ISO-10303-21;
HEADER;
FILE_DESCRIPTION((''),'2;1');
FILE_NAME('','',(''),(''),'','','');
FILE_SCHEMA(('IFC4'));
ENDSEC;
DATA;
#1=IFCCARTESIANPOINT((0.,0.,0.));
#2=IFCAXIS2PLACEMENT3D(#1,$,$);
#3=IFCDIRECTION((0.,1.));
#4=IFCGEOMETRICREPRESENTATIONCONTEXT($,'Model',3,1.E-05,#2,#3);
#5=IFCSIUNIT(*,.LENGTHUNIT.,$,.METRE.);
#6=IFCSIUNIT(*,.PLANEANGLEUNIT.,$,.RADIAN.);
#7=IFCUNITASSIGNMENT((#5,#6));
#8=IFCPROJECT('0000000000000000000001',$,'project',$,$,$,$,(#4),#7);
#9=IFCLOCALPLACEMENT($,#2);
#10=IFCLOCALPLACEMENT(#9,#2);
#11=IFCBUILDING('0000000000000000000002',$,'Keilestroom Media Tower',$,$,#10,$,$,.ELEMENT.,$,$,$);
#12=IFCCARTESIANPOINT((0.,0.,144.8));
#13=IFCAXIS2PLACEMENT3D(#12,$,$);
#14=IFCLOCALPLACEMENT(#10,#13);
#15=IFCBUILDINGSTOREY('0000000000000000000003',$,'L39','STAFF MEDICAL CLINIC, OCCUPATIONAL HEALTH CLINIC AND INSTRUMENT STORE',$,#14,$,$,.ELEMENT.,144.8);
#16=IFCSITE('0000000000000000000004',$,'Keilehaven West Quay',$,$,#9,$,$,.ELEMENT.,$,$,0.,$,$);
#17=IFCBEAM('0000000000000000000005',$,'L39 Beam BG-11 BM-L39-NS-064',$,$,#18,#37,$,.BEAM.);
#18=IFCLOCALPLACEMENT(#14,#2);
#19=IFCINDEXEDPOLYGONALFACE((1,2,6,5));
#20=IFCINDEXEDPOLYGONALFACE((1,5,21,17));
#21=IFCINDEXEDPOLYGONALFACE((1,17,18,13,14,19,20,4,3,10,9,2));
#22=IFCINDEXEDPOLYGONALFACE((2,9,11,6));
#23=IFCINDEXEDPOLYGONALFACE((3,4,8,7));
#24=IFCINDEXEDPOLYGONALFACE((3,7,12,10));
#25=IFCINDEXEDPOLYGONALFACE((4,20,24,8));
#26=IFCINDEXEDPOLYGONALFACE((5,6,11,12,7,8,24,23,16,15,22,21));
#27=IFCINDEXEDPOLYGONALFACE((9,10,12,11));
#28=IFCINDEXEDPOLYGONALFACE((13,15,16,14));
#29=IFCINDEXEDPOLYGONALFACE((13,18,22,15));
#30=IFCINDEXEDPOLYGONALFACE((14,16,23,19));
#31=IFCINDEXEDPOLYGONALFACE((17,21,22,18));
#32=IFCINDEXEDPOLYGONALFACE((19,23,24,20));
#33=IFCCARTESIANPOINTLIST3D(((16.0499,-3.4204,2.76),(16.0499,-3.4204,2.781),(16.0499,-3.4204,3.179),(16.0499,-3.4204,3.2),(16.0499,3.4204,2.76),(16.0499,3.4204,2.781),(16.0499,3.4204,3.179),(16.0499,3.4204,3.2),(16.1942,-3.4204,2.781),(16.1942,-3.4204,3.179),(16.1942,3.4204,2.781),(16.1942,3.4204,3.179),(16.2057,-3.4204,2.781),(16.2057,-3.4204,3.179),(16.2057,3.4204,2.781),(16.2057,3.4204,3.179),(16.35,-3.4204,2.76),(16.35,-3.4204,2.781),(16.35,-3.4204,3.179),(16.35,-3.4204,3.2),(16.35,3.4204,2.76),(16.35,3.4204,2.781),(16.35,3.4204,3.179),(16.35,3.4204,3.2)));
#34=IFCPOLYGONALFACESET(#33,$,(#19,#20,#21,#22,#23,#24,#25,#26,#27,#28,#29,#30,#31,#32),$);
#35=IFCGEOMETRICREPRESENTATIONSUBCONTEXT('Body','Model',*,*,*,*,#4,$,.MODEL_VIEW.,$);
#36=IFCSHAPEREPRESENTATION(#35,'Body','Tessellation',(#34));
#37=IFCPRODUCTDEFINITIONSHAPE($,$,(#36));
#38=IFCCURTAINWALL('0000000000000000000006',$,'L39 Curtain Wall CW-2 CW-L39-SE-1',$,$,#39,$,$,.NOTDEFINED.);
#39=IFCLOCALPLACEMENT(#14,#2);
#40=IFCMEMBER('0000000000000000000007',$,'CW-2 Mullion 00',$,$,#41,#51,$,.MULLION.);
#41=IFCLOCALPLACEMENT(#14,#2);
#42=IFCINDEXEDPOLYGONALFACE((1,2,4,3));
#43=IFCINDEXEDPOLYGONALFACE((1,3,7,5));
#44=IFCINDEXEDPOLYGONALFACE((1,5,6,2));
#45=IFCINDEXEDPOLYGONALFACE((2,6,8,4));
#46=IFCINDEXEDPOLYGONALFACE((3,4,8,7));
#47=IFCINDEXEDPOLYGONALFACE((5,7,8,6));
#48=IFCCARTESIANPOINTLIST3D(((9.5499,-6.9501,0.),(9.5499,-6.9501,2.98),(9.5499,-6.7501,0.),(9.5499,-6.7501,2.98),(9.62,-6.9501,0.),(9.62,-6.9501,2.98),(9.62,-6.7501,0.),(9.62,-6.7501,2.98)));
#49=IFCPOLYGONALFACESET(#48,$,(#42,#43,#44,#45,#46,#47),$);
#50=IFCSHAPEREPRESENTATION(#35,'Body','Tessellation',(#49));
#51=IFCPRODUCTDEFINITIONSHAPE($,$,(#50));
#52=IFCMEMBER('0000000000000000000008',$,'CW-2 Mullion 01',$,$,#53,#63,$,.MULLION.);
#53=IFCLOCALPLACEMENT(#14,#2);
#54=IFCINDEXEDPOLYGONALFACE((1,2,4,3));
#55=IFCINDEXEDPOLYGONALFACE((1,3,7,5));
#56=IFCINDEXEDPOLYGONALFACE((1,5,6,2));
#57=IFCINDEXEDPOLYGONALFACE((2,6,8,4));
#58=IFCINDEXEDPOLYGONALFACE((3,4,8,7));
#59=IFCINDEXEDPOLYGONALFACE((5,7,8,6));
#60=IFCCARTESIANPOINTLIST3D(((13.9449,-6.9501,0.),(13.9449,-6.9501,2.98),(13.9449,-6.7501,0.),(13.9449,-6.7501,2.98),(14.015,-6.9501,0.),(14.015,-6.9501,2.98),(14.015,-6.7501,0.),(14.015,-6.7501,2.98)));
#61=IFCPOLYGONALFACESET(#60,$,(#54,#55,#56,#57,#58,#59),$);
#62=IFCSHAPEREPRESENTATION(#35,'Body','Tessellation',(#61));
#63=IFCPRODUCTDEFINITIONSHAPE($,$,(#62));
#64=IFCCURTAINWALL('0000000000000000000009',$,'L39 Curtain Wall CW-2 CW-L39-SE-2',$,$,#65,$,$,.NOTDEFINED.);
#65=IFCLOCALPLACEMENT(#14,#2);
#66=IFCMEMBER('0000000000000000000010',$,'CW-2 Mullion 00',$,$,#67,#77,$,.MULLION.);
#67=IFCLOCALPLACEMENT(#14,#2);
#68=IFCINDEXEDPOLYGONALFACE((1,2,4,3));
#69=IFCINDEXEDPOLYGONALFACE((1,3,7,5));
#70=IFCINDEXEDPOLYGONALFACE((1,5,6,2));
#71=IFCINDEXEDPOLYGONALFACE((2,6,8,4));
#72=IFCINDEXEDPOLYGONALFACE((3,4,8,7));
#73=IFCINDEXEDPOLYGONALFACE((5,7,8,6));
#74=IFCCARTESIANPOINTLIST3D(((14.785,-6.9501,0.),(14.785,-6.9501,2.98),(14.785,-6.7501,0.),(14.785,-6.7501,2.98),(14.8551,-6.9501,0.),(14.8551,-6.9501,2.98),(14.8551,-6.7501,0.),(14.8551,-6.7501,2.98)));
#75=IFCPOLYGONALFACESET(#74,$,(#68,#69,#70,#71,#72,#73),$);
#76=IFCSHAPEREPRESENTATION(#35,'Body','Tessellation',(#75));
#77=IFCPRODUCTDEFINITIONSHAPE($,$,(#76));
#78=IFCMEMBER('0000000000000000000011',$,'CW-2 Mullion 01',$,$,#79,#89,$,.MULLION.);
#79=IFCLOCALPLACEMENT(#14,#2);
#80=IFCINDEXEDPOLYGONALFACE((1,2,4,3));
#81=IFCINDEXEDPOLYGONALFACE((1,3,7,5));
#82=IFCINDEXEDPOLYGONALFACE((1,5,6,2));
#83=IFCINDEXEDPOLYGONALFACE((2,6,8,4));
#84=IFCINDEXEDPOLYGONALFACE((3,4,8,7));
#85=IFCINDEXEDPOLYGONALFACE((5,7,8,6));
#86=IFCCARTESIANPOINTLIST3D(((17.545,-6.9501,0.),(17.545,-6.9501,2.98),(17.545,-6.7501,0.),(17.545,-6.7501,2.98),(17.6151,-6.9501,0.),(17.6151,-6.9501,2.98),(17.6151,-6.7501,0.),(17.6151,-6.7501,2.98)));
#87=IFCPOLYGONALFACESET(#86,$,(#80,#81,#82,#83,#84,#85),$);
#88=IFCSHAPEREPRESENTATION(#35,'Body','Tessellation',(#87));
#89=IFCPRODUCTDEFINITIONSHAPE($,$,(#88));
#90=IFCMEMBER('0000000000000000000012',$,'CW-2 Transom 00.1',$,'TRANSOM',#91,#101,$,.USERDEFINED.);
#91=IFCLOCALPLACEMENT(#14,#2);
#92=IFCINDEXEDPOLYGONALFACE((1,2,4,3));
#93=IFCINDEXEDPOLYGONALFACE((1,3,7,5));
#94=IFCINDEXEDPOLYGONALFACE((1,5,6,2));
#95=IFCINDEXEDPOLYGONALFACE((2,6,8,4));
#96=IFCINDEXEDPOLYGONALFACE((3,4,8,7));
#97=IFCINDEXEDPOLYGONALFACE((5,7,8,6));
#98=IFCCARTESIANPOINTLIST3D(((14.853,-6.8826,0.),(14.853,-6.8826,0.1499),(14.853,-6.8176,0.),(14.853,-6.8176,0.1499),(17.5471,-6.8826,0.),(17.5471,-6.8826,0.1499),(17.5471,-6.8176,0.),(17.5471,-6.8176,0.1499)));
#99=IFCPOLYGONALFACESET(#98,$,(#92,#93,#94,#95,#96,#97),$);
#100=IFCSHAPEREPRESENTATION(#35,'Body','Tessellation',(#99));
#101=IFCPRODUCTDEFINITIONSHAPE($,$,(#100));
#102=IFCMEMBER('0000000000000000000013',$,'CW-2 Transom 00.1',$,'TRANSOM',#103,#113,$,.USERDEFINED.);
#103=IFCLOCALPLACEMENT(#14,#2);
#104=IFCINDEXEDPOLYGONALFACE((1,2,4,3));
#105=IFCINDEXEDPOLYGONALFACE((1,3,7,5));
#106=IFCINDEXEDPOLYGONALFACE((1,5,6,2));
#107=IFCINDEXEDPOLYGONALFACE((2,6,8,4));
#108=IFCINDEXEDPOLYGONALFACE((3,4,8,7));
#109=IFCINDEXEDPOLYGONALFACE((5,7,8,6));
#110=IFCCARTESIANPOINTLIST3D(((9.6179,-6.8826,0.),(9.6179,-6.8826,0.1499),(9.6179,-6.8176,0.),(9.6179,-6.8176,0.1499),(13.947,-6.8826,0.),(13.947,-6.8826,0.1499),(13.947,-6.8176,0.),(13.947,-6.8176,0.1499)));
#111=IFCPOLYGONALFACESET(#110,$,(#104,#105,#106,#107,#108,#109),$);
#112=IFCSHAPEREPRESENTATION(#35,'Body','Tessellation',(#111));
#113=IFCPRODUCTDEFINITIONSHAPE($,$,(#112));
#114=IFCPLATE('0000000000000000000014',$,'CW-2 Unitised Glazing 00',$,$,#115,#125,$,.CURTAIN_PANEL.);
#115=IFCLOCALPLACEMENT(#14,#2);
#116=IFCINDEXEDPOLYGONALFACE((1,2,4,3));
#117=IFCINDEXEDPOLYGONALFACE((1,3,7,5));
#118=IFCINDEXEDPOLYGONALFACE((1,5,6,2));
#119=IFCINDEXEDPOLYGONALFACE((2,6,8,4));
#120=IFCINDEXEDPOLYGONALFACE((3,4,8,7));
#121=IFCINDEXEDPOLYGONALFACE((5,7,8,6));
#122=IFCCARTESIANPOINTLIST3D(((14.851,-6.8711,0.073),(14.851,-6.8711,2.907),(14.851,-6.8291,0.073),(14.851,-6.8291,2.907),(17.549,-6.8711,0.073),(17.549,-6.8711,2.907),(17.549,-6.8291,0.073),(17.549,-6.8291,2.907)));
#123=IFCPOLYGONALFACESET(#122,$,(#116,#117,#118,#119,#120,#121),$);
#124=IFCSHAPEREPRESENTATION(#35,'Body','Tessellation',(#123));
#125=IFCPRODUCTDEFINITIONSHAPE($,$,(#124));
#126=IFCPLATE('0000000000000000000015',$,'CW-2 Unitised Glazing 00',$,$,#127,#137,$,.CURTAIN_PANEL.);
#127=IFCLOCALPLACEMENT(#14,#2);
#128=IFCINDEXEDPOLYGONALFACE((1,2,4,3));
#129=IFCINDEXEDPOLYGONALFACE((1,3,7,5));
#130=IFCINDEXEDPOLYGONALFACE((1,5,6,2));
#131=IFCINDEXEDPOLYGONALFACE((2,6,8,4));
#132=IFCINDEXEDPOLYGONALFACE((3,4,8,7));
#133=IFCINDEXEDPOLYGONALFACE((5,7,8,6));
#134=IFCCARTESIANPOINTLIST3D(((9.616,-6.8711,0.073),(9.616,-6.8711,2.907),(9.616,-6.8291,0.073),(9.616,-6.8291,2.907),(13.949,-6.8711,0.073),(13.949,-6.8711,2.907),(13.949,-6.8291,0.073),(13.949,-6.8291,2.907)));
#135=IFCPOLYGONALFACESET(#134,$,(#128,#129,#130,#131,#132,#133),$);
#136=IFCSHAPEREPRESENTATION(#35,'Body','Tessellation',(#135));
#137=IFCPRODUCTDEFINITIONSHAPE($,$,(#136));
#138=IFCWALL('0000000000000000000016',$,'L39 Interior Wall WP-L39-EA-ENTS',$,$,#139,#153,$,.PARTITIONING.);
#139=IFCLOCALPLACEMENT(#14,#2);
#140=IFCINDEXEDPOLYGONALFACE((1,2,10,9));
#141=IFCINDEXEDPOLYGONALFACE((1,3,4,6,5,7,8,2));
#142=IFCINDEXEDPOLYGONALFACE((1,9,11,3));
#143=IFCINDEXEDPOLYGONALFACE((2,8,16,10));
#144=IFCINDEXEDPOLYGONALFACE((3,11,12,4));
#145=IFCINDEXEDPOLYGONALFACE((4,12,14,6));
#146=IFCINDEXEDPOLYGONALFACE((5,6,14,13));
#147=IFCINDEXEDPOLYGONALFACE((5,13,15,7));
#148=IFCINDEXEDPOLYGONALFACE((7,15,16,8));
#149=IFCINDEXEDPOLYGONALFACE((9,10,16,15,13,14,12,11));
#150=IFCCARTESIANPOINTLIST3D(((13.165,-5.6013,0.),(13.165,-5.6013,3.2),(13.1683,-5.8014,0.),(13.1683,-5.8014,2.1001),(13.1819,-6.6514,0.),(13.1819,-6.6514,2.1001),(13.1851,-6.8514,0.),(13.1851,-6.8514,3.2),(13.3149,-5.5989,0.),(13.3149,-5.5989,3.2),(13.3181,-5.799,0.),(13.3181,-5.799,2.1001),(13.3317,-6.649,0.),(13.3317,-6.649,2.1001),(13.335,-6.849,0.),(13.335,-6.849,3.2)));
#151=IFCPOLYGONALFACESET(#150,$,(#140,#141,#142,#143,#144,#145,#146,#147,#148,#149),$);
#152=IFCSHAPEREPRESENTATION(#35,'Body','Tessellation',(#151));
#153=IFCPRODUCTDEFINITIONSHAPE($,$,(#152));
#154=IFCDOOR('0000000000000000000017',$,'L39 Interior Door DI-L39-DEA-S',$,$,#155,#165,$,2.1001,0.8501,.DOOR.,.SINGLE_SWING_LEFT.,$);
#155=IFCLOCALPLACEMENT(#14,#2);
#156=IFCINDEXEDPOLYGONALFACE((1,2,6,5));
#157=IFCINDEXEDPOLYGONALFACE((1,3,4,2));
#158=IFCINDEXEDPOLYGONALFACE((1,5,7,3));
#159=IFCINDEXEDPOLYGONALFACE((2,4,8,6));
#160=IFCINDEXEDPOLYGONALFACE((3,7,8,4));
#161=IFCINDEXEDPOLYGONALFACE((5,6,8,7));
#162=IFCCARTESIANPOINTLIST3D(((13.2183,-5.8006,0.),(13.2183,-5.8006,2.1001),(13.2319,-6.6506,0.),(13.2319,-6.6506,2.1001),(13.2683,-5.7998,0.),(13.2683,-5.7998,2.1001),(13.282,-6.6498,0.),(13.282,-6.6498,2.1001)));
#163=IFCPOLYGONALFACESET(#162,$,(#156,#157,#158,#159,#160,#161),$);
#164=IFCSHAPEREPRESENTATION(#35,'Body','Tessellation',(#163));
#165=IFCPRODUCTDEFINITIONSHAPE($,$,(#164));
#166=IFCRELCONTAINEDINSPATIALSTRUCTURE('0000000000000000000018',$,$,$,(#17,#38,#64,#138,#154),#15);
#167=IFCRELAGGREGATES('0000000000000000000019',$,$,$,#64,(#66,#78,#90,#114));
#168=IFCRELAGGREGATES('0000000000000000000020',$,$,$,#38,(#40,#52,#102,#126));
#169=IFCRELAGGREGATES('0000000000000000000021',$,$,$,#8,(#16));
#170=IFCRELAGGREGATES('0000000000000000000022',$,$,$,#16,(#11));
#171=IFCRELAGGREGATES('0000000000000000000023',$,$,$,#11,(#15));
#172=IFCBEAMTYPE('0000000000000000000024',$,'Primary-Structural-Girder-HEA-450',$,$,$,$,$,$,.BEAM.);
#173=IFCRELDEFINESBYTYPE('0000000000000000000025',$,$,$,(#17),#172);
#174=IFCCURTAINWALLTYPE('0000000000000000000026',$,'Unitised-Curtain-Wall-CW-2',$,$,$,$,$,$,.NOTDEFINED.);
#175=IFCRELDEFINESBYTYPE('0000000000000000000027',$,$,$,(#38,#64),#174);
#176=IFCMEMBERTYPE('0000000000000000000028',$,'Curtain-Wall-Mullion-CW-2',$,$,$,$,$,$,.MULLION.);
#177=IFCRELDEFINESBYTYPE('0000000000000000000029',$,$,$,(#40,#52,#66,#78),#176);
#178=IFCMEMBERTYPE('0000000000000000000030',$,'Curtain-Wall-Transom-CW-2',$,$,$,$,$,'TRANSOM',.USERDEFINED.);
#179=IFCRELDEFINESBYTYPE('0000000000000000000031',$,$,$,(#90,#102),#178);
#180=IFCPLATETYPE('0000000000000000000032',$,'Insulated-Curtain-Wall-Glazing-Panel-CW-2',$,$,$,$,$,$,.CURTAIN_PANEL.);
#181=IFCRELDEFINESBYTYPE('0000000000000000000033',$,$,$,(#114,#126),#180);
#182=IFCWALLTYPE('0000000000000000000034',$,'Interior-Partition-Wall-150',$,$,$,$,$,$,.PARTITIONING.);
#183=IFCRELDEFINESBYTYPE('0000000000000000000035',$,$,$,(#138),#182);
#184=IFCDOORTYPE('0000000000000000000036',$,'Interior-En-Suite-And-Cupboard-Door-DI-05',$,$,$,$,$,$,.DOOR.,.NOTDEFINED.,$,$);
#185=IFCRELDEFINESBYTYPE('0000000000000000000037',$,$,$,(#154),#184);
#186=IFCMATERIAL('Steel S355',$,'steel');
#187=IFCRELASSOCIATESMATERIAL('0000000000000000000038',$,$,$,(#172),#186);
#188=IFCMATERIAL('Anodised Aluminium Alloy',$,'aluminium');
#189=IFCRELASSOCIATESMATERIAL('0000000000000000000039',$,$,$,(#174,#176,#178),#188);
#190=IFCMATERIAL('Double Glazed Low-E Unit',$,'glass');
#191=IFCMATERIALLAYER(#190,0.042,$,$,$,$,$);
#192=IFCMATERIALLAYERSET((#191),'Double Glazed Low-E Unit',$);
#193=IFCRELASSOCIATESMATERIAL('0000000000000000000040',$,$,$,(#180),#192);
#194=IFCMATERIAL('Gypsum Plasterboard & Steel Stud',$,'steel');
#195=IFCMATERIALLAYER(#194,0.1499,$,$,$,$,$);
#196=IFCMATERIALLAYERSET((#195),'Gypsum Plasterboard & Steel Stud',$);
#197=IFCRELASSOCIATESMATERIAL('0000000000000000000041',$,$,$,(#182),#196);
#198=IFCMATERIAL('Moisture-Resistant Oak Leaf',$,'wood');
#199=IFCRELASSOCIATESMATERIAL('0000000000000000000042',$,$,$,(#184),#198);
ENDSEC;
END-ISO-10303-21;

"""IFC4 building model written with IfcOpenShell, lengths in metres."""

from ifc_helpers import new_model, si_unit, direction, frame, frame_2d, origin, origin_2d, place, context, subcontext, project, spatial, rectangle, i_section, extrude, source, transform, mapped, material, layer, layer_set, material_profile, profile_set, type_object, element, fill, aggregate, save


model = new_model("IFC4")

# Units and contexts
model_context = context("Model", 3, precision=1e-05, world=origin(), true_north=direction((0.0, 1.0)))
body_context = subcontext(model_context, "Body", "Model", "MODEL_VIEW")
ifc_project = project(units=[si_unit("LENGTHUNIT", "METRE"), si_unit("PLANEANGLEUNIT", "RADIAN")], contexts=[model_context])

# Site, building, storey
site_placement = place(None, origin())
site = spatial("IfcSite", under=ifc_project, at=site_placement, Name="Keilehaven West Quay", CompositionType="ELEMENT", RefElevation=0.0)
building_placement = place(site_placement, origin())
building = spatial("IfcBuilding", under=site, at=building_placement, Name="Keilestroom Media Tower", CompositionType="ELEMENT")
storey_placement = place(building_placement, frame((0.0, 0.0, 144.8)))
storey = spatial("IfcBuildingStorey", under=building, at=storey_placement, Name="L39", Description="STAFF MEDICAL CLINIC, OCCUPATIONAL HEALTH CLINIC AND INSTRUMENT STORE", CompositionType="ELEMENT", Elevation=144.8)

# Shared definitions
ifc_material_1 = material(Name="Steel S355", Category="steel")

# Beam
ifc_material_profile_1 = material_profile(ifc_material_1, i_section(OverallWidth=0.3, OverallDepth=0.4399, WebThickness=0.0115, FlangeThickness=0.021, at=origin_2d()), Name="HEA 450")
ifc_profile_set_1 = profile_set([ifc_material_profile_1], Name="Steel S355")
beam_type_1 = type_object("IfcBeamType", Name="Primary-Structural-Girder-HEA-450", PredefinedType="BEAM", material=ifc_profile_set_1)
shared_shape_1 = source(origin(), body_context, "Body", "SweptSolid", [
    extrude(i_section(OverallWidth=0.3, OverallDepth=0.4399, WebThickness=0.0115, FlangeThickness=0.021, at=origin_2d()), origin(), (0.0, 0.0, 1.0), 6.8408),
])
for number, where, z_axis, x_axis, name in (
    (1, (16.2, -3.4204, 2.98), (0.0, 1.0, 0.0), (-1.0, 0.0, 0.0), "L39 Beam BG-11 BM-L39-NS-064"),
):
    element("IfcBeam", number, at=place(storey_placement, frame(where, z_axis=z_axis, x_axis=x_axis)), inside=storey, type_object=beam_type_1, Name=name, PredefinedType="BEAM", context=body_context, shape_type="MappedRepresentation", body=[
        mapped(shared_shape_1, transform((0.0, 0.0, 0.0), x_axis=(1.0, 0.0, 0.0), y_axis=(0.0, 1.0, 0.0), z_axis=(0.0, 0.0, 1.0), scale=1.0)),
    ])

# Curtain walls, members
ifc_material_2 = material(Name="Anodised Aluminium Alloy", Category="aluminium")
curtain_wall_type = type_object("IfcCurtainWallType", Name="Unitised-Curtain-Wall-CW-2", PredefinedType="NOTDEFINED", material=ifc_material_2)
curtain_wall_1_placement = place(storey_placement, origin())
curtain_wall_1 = element("IfcCurtainWall", 2, at=curtain_wall_1_placement, inside=storey, type_object=curtain_wall_type, Name="L39 Curtain Wall CW-2 CW-L39-SE-1", PredefinedType="NOTDEFINED")
ifc_material_profile_2 = material_profile(ifc_material_2, rectangle(XDim=0.0701, YDim=0.2, at=origin_2d()), Name="ALU MULLION 70x200")
ifc_profile_set_2 = profile_set([ifc_material_profile_2], Name="Anodised Aluminium Alloy")
member_type_1 = type_object("IfcMemberType", Name="Curtain-Wall-Mullion-CW-2", PredefinedType="MULLION", material=ifc_profile_set_2)
shared_shape_2 = source(origin(), body_context, "Body", "SweptSolid", [
    extrude(rectangle(XDim=0.0701, YDim=0.2, at=origin_2d()), origin(), (0.0, 0.0, 1.0), 2.98),
])
member_1_placement = place(storey_placement, frame((9.585, -6.8501, 0.0), z_axis=(0.0, 0.0, 1.0), x_axis=(1.0, 0.0, 0.0)))
member_1 = element("IfcMember", 3, at=member_1_placement, type_object=member_type_1, Name="CW-2 Mullion 00", PredefinedType="MULLION", context=body_context, shape_type="MappedRepresentation", body=[
    mapped(shared_shape_2, transform((0.0, 0.0, 0.0), x_axis=(1.0, 0.0, 0.0), y_axis=(0.0, 1.0, 0.0), z_axis=(0.0, 0.0, 1.0), scale=1.0)),
])
member_2_placement = place(storey_placement, frame((13.98, -6.8501, 0.0), z_axis=(0.0, 0.0, 1.0), x_axis=(1.0, 0.0, 0.0)))
member_2 = element("IfcMember", 4, at=member_2_placement, type_object=member_type_1, Name="CW-2 Mullion 01", PredefinedType="MULLION", context=body_context, shape_type="MappedRepresentation", body=[
    mapped(shared_shape_2, transform((0.0, 0.0, 0.0), x_axis=(1.0, 0.0, 0.0), y_axis=(0.0, 1.0, 0.0), z_axis=(0.0, 0.0, 1.0), scale=1.0)),
])
curtain_wall_2_placement = place(storey_placement, origin())
curtain_wall_2 = element("IfcCurtainWall", 5, at=curtain_wall_2_placement, inside=storey, type_object=curtain_wall_type, Name="L39 Curtain Wall CW-2 CW-L39-SE-2", PredefinedType="NOTDEFINED")
member_3_placement = place(storey_placement, frame((14.8201, -6.8501, 0.0), z_axis=(0.0, 0.0, 1.0), x_axis=(1.0, 0.0, 0.0)))
member_3 = element("IfcMember", 6, at=member_3_placement, type_object=member_type_1, Name="CW-2 Mullion 00", PredefinedType="MULLION", context=body_context, shape_type="MappedRepresentation", body=[
    mapped(shared_shape_2, transform((0.0, 0.0, 0.0), x_axis=(1.0, 0.0, 0.0), y_axis=(0.0, 1.0, 0.0), z_axis=(0.0, 0.0, 1.0), scale=1.0)),
])
member_4_placement = place(storey_placement, frame((17.5801, -6.8501, 0.0), z_axis=(0.0, 0.0, 1.0), x_axis=(1.0, 0.0, 0.0)))
member_4 = element("IfcMember", 7, at=member_4_placement, type_object=member_type_1, Name="CW-2 Mullion 01", PredefinedType="MULLION", context=body_context, shape_type="MappedRepresentation", body=[
    mapped(shared_shape_2, transform((0.0, 0.0, 0.0), x_axis=(1.0, 0.0, 0.0), y_axis=(0.0, 1.0, 0.0), z_axis=(0.0, 0.0, 1.0), scale=1.0)),
])
ifc_material_profile_3 = material_profile(ifc_material_2, rectangle(XDim=0.0649, YDim=0.1499, at=origin_2d()), Name="ALU TRANSOM 65x150")
ifc_profile_set_3 = profile_set([ifc_material_profile_3], Name="Anodised Aluminium Alloy")
member_type_2 = type_object("IfcMemberType", Name="Curtain-Wall-Transom-CW-2", ElementType="TRANSOM", PredefinedType="USERDEFINED", material=ifc_profile_set_3)
shared_shape_3 = source(origin(), body_context, "Body", "SweptSolid", [
    extrude(rectangle(XDim=0.0649, YDim=0.1499, at=origin_2d()), origin(), (0.0, 0.0, 1.0), 2.6941),
])
member_5_placement = place(storey_placement, frame((14.853, -6.8501, 0.075), z_axis=(1.0, 0.0, 0.0), x_axis=(0.0, 1.0, 0.0)))
member_5 = element("IfcMember", 8, at=member_5_placement, type_object=member_type_2, Name="CW-2 Transom 00.1", ObjectType="TRANSOM", PredefinedType="USERDEFINED", context=body_context, shape_type="MappedRepresentation", body=[
    mapped(shared_shape_3, transform((0.0, 0.0, 0.0), x_axis=(1.0, 0.0, 0.0), y_axis=(0.0, 1.0, 0.0), z_axis=(0.0, 0.0, 1.0), scale=1.0)),
])

# Member
shared_shape_4 = source(origin(), body_context, "Body", "SweptSolid", [
    extrude(rectangle(XDim=0.0649, YDim=0.1499, at=origin_2d()), origin(), (0.0, 0.0, 1.0), 4.3291),
])
member_6_placement = place(storey_placement, frame((9.6179, -6.8501, 0.075), z_axis=(1.0, 0.0, 0.0), x_axis=(0.0, 1.0, 0.0)))
member_6 = element("IfcMember", 9, at=member_6_placement, type_object=member_type_2, Name="CW-2 Transom 00.1", ObjectType="TRANSOM", PredefinedType="USERDEFINED", context=body_context, shape_type="MappedRepresentation", body=[
    mapped(shared_shape_4, transform((0.0, 0.0, 0.0), x_axis=(1.0, 0.0, 0.0), y_axis=(0.0, 1.0, 0.0), z_axis=(0.0, 0.0, 1.0), scale=1.0)),
])

# Plates
ifc_material_3 = material(Name="Double Glazed Low-E Unit", Category="glass")
ifc_layer_1 = layer(ifc_material_3, 0.042)
ifc_layer_set_1 = layer_set([ifc_layer_1], Name="Double Glazed Low-E Unit")
plate_type = type_object("IfcPlateType", Name="Insulated-Curtain-Wall-Glazing-Panel-CW-2", PredefinedType="CURTAIN_PANEL", material=ifc_layer_set_1)
shared_shape_5 = source(origin(), body_context, "Body", "SweptSolid", [
    extrude(rectangle(XDim=2.698, YDim=0.042, at=origin_2d()), origin(), (0.0, 0.0, 1.0), 2.834),
])
plate_1_placement = place(storey_placement, frame((16.2, -6.8501, 0.073), z_axis=(0.0, 0.0, 1.0), x_axis=(1.0, 0.0, 0.0)))
plate_1 = element("IfcPlate", 10, at=plate_1_placement, type_object=plate_type, Name="CW-2 Unitised Glazing 00", PredefinedType="CURTAIN_PANEL", context=body_context, shape_type="MappedRepresentation", body=[
    mapped(shared_shape_5, transform((0.0, 0.0, 0.0), x_axis=(1.0, 0.0, 0.0), y_axis=(0.0, 1.0, 0.0), z_axis=(0.0, 0.0, 1.0), scale=1.0)),
])
aggregate(curtain_wall_2, [member_3, member_4, member_5, plate_1])
shared_shape_6 = source(origin(), body_context, "Body", "SweptSolid", [
    extrude(rectangle(XDim=4.333, YDim=0.042, at=origin_2d()), origin(), (0.0, 0.0, 1.0), 2.834),
])
plate_2_placement = place(storey_placement, frame((11.7825, -6.8501, 0.073), z_axis=(0.0, 0.0, 1.0), x_axis=(1.0, 0.0, 0.0)))
plate_2 = element("IfcPlate", 11, at=plate_2_placement, type_object=plate_type, Name="CW-2 Unitised Glazing 00", PredefinedType="CURTAIN_PANEL", context=body_context, shape_type="MappedRepresentation", body=[
    mapped(shared_shape_6, transform((0.0, 0.0, 0.0), x_axis=(1.0, 0.0, 0.0), y_axis=(0.0, 1.0, 0.0), z_axis=(0.0, 0.0, 1.0), scale=1.0)),
])
aggregate(curtain_wall_1, [member_1, member_2, member_6, plate_2])

# Wall, opening, door
ifc_material_4 = material(Name="Gypsum Plasterboard & Steel Stud", Category="steel")
ifc_layer_2 = layer(ifc_material_4, 0.1499)
ifc_layer_set_2 = layer_set([ifc_layer_2], Name="Gypsum Plasterboard & Steel Stud")
wall_type_1 = type_object("IfcWallType", Name="Interior-Partition-Wall-150", PredefinedType="PARTITIONING", material=ifc_layer_set_2)
wall_1_placement = place(storey_placement, frame((13.26, -6.8501, 0.0), z_axis=(0.0, 0.0, 1.0), x_axis=(-0.016014, 0.999872, 0.0)))
wall_1 = element("IfcWall", 12, at=wall_1_placement, inside=storey, type_object=wall_type_1, Name="L39 Interior Wall WP-L39-EA-ENTS", PredefinedType="PARTITIONING", context=body_context, shape_type="SweptSolid", body=[
    extrude(rectangle(XDim=1.2502, YDim=0.1499, at=frame_2d((0.625, 0.0))), origin(), (0.0, 0.0, 1.0), 3.2),
])
opening_placement = place(wall_1_placement, frame((0.2, 0.0, 0.0)))
opening = element("IfcOpeningElement", 13, at=opening_placement, cuts=wall_1, PredefinedType="OPENING", context=body_context, shape_type="SweptSolid", body=[
    extrude(rectangle(XDim=0.8501, YDim=2.1001, at=frame_2d((0.425, 1.05))), frame((0.0, 0.085, 0.0), z_axis=(0.0, -1.0, 0.0), x_axis=(1.0, 0.0, 0.0)), (0.0, 0.0, 1.0), 0.1699),
])
ifc_material_5 = material(Name="Moisture-Resistant Oak Leaf", Category="wood")
door_type = type_object("IfcDoorType", Name="Interior-En-Suite-And-Cupboard-Door-DI-05", OperationType="NOTDEFINED", PredefinedType="DOOR", material=ifc_material_5)
shared_shape_7 = source(origin(), body_context, "Body", "SweptSolid", [
    extrude(rectangle(XDim=0.8501, YDim=2.1001, at=frame_2d((0.425, 1.05))), frame((0.0, 0.0249, 0.0), z_axis=(0.0, -1.0, 0.0), x_axis=(1.0, 0.0, 0.0)), (0.0, 0.0, 1.0), 0.05),
])
door_placement = place(opening_placement, origin())
door = element("IfcDoor", 14, at=door_placement, inside=storey, type_object=door_type, Name="L39 Interior Door DI-L39-DEA-S", OperationType="SINGLE_SWING_LEFT", OverallHeight=2.1001, OverallWidth=0.8501, PredefinedType="DOOR", context=body_context, shape_type="MappedRepresentation", body=[
    mapped(shared_shape_7, transform((0.0, 0.0, 0.0), x_axis=(1.0, 0.0, 0.0), y_axis=(0.0, 1.0, 0.0), z_axis=(0.0, 0.0, 1.0), scale=1.0)),
])
fill(opening, door)

save(model, "model.ifc")
